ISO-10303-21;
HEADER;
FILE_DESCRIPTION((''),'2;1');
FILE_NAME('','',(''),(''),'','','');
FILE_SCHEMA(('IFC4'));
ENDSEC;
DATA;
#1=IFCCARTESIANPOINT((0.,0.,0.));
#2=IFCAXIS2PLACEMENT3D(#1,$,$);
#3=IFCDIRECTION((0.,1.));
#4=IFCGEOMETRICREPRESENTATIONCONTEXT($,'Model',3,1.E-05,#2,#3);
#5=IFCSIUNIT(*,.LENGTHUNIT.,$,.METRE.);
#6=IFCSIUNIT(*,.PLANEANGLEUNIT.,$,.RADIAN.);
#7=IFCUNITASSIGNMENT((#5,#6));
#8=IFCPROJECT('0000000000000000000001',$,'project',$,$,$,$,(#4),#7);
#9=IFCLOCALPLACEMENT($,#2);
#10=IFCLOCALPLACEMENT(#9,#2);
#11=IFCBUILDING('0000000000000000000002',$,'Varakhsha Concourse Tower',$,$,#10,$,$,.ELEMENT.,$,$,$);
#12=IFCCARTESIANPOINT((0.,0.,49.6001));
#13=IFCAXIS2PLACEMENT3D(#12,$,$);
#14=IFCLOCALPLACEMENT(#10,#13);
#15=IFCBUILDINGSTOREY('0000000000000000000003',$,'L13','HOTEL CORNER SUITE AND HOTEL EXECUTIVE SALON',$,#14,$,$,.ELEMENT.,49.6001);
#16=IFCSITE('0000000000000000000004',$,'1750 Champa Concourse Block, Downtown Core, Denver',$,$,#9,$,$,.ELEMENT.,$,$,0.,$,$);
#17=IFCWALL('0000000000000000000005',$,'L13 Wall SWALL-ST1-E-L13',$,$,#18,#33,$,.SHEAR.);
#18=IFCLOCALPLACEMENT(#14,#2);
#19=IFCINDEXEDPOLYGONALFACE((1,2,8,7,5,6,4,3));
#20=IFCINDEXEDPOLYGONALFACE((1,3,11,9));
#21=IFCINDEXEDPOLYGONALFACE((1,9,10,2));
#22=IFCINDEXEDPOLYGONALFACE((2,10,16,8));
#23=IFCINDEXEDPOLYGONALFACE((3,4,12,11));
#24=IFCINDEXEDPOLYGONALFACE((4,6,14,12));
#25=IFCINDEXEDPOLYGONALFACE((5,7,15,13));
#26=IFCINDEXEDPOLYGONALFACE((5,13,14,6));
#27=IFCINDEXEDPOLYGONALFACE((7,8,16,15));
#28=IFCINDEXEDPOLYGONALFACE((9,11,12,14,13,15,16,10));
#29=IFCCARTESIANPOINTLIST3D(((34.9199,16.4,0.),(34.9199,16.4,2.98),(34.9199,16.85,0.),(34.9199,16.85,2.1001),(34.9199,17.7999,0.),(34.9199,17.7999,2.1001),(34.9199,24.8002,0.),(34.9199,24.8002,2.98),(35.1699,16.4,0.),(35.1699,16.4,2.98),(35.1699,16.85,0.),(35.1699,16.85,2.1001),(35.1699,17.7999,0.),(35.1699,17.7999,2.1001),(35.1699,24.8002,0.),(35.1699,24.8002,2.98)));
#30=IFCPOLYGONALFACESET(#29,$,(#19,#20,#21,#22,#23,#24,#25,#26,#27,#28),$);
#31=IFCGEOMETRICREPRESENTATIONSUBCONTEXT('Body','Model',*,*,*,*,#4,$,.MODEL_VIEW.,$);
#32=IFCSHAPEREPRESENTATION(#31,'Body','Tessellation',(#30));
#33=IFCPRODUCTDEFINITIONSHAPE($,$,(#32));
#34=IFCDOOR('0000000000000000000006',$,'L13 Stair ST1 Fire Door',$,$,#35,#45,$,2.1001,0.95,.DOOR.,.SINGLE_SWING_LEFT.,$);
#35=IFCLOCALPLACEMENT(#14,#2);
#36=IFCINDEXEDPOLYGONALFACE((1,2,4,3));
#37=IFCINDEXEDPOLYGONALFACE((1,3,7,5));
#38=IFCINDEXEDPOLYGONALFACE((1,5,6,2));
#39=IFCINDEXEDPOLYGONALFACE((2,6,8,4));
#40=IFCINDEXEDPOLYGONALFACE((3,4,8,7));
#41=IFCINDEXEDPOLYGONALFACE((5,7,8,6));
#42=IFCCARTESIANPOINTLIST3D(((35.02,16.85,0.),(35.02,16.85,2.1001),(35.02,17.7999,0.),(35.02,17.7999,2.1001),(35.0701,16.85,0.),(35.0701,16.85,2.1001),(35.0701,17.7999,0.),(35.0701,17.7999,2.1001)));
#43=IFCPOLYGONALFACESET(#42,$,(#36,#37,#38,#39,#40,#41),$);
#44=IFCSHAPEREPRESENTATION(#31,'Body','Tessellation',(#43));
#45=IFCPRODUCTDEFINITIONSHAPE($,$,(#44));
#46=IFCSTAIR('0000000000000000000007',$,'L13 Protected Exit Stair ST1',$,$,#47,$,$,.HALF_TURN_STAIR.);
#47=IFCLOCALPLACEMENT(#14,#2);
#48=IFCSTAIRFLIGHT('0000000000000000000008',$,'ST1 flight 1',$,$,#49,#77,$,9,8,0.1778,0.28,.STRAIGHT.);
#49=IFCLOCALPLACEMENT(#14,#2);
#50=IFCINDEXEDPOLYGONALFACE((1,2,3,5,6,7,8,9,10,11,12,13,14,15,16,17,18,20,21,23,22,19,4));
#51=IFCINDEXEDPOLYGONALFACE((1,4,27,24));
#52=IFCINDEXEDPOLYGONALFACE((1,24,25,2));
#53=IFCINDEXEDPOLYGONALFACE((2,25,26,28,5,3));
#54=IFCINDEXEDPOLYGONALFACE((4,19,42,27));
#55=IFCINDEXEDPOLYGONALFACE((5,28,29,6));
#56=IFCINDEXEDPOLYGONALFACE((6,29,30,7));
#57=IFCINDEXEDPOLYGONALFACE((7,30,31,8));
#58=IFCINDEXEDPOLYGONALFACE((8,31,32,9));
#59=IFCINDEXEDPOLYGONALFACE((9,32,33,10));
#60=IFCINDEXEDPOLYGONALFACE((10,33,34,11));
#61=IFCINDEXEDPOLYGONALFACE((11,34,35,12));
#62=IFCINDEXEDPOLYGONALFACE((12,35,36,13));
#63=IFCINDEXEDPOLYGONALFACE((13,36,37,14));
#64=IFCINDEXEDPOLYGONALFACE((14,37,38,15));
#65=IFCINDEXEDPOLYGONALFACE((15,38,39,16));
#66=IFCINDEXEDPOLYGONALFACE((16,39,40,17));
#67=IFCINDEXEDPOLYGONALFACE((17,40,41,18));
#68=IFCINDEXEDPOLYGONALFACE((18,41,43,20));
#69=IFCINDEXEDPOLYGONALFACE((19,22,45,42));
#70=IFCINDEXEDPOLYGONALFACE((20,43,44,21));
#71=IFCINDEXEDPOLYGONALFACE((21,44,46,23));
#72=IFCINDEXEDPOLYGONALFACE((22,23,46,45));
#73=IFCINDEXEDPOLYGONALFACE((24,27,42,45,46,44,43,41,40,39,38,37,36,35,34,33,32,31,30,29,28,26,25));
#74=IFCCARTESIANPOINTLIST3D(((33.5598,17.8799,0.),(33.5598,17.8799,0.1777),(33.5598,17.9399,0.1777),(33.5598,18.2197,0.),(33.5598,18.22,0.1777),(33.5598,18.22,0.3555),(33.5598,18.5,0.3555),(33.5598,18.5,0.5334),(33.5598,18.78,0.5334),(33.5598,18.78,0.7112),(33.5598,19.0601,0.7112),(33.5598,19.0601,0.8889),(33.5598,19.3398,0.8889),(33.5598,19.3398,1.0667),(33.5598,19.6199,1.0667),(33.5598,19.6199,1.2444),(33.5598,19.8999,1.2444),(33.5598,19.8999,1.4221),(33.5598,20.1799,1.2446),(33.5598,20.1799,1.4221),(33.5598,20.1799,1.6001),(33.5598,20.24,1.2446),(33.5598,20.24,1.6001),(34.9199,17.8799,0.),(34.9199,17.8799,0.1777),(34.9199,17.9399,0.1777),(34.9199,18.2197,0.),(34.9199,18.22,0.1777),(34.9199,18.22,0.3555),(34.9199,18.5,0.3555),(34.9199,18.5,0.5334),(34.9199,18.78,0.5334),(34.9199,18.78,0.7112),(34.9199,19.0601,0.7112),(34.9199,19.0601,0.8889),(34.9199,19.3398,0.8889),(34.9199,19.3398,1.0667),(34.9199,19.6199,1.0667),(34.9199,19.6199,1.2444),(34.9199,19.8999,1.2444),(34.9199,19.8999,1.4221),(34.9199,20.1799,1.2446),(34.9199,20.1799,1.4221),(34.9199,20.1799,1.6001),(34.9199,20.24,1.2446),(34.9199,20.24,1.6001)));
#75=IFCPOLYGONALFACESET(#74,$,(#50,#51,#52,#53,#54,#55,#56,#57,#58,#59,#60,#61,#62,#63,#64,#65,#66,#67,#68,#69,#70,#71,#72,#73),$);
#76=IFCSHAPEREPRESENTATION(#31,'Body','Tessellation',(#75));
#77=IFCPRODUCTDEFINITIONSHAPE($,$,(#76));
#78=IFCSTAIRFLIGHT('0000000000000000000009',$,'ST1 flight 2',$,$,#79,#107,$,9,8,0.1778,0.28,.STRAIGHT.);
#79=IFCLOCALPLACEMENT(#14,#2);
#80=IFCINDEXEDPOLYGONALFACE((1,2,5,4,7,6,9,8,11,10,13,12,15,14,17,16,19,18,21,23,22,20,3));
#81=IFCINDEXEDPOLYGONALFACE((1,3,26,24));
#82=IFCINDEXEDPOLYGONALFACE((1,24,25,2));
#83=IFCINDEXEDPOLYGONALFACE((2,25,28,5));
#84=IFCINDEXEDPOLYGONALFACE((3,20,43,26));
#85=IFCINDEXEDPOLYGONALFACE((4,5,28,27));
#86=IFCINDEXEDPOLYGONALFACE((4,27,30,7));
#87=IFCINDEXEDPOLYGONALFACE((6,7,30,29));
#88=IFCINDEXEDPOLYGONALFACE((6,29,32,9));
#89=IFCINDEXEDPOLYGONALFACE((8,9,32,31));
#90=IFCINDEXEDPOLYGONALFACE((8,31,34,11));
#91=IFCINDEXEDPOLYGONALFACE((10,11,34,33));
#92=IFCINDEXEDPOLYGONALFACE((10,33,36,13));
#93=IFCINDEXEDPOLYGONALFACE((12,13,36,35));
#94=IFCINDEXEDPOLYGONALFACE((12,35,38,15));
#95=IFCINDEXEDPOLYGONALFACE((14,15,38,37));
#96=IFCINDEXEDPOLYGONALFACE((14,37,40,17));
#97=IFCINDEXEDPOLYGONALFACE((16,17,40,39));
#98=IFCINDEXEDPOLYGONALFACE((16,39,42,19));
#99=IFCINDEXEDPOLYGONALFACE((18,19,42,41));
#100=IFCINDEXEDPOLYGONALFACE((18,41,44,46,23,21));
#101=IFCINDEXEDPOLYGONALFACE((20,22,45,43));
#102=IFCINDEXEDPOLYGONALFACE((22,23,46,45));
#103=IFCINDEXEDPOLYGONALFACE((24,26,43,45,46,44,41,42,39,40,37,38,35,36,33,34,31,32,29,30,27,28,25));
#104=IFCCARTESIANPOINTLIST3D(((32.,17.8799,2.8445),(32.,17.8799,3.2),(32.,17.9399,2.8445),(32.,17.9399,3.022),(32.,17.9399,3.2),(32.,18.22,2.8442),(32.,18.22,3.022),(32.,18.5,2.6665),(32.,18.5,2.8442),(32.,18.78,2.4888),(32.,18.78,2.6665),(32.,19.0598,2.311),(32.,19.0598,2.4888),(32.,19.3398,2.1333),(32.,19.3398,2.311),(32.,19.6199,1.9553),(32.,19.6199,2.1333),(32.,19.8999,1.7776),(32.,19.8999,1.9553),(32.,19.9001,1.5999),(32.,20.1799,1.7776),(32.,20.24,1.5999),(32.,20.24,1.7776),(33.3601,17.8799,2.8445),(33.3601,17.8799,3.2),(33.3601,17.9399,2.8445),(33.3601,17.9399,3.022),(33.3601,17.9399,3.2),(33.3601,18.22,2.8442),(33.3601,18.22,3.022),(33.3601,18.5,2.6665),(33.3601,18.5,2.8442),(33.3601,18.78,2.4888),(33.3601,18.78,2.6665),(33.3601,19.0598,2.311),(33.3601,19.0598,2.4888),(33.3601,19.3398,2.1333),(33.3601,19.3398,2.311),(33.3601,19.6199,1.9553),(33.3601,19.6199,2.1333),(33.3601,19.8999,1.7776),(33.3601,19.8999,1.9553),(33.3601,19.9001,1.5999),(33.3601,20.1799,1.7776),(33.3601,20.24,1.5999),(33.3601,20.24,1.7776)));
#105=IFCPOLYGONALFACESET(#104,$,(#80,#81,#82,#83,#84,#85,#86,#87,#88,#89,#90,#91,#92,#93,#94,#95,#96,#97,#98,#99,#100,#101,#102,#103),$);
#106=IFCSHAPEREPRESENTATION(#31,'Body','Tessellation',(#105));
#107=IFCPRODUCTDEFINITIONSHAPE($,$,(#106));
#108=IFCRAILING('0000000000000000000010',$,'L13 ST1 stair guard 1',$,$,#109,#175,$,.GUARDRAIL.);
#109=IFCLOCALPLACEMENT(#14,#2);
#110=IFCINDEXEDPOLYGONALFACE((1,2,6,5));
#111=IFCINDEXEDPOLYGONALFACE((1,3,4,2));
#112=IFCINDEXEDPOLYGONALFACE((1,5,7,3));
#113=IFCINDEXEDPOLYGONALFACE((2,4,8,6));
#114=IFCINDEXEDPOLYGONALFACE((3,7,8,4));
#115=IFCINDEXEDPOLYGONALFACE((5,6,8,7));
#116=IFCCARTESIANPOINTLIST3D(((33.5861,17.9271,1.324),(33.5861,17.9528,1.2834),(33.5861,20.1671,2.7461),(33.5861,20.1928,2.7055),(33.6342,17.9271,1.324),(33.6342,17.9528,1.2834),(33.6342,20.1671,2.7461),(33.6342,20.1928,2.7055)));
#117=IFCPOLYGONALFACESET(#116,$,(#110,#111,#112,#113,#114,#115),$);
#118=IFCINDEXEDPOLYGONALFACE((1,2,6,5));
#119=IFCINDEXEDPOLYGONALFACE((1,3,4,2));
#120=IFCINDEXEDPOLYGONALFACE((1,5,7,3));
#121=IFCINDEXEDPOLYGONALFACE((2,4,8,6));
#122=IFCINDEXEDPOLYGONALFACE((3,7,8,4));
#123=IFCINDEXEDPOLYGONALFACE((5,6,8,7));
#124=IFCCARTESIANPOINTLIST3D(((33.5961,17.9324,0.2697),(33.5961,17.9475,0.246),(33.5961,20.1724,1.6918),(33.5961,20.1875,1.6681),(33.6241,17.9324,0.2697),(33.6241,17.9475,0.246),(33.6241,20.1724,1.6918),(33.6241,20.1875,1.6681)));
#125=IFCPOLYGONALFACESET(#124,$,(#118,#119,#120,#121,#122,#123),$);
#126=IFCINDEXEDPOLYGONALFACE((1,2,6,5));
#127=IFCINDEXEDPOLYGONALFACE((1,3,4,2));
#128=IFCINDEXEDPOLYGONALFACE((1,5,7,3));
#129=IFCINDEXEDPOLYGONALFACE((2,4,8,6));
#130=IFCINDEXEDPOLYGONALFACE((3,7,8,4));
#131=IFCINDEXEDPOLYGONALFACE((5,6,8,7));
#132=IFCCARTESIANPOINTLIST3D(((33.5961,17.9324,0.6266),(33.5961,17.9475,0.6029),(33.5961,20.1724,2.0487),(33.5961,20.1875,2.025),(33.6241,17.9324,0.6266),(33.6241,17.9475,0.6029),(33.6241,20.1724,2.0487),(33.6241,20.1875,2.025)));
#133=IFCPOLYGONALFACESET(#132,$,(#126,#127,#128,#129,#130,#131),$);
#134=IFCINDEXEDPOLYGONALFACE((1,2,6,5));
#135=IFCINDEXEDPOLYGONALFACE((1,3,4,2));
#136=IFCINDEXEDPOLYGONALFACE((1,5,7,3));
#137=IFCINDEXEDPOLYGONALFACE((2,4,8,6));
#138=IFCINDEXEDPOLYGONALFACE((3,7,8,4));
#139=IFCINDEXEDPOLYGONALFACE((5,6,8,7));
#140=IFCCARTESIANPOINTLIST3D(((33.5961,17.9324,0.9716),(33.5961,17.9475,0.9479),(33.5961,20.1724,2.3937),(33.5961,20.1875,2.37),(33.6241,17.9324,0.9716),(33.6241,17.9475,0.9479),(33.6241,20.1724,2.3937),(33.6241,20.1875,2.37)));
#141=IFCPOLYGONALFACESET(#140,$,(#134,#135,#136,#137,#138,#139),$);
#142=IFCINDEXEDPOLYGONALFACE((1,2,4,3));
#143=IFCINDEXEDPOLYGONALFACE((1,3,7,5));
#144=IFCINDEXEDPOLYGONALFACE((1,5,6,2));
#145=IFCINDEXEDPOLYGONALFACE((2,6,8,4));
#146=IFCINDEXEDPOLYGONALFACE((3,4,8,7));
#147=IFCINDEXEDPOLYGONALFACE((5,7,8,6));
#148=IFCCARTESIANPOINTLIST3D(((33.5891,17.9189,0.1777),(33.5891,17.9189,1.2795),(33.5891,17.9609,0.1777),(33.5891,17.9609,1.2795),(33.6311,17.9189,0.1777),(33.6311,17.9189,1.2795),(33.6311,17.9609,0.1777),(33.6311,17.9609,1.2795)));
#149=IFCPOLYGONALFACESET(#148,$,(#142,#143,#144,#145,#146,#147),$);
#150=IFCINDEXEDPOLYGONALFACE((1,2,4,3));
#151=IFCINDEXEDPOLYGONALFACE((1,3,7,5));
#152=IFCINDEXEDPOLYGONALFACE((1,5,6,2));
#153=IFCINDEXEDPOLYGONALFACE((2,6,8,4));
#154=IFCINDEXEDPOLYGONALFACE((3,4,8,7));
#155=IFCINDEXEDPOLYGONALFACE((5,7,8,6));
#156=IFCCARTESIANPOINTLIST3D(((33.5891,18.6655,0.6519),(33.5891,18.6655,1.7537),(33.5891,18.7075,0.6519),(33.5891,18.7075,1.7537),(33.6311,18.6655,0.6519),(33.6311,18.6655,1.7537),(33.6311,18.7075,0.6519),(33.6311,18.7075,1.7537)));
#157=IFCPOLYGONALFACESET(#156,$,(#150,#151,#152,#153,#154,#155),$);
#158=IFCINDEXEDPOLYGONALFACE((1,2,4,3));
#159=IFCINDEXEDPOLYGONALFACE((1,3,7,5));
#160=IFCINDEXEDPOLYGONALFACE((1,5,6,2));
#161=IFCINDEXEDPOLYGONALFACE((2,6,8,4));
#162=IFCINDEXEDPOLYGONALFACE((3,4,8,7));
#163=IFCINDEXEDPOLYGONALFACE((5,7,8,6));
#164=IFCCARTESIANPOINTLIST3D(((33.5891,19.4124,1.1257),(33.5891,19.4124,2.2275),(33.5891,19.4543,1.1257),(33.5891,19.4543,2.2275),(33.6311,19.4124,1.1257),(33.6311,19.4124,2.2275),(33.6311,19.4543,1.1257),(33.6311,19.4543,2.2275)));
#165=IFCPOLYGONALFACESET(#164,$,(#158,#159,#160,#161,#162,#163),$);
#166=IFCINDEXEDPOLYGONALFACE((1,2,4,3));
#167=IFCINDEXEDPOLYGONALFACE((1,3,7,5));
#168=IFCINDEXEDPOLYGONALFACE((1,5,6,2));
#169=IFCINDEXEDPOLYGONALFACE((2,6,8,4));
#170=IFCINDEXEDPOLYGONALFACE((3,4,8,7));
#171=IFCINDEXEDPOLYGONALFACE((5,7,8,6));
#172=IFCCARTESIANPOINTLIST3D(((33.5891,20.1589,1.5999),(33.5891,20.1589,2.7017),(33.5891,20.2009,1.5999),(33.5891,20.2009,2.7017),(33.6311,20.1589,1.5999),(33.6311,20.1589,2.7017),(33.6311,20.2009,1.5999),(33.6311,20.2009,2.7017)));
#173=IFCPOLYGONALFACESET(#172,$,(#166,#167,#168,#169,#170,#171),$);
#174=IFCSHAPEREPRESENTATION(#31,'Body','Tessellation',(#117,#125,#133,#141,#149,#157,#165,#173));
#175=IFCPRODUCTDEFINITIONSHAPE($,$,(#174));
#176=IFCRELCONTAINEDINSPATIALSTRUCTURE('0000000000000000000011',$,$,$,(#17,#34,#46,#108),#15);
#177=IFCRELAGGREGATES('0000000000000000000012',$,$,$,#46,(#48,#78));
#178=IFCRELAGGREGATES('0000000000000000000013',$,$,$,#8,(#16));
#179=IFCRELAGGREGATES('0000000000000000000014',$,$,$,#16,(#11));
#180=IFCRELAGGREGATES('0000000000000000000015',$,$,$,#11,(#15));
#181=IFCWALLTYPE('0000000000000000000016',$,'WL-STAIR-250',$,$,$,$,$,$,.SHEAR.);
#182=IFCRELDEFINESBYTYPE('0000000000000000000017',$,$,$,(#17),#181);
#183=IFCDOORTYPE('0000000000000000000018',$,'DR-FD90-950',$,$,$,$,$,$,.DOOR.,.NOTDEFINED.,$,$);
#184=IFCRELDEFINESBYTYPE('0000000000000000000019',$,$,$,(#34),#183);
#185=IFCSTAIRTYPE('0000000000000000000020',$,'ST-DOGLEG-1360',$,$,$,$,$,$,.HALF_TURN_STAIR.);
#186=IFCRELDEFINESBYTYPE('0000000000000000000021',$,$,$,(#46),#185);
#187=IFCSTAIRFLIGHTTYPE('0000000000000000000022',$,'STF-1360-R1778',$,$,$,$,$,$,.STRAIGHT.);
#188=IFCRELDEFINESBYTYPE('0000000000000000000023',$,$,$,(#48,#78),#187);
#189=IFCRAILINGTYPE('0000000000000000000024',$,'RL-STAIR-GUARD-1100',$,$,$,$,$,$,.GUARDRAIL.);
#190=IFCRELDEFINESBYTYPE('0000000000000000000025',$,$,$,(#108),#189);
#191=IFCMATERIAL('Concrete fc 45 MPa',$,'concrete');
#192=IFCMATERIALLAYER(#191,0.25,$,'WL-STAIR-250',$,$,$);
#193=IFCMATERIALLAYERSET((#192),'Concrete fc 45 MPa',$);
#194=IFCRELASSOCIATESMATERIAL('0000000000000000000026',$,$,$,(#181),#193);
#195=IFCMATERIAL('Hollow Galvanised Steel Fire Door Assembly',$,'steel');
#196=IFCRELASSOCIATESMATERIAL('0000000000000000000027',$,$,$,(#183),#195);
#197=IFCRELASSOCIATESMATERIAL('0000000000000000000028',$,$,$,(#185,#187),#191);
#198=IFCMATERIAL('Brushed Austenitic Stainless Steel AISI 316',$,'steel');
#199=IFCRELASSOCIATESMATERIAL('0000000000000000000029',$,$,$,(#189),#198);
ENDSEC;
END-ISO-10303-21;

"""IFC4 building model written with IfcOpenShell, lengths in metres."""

from ifc_helpers import new_model, si_unit, direction, frame, frame_2d, origin, origin_2d, place, context, subcontext, project, spatial, polyline, rectangle, outline, extrude, material, layer, layer_set, type_object, element, fill, aggregate, save


model = new_model("IFC4")

# Units and contexts
model_context = context("Model", 3, precision=1e-05, world=origin(), true_north=direction((0.0, 1.0)))
body_context = subcontext(model_context, "Body", "Model", "MODEL_VIEW")
ifc_project = project(units=[si_unit("LENGTHUNIT", "METRE"), si_unit("PLANEANGLEUNIT", "RADIAN")], contexts=[model_context])

# Site, building, storey
site_placement = place(None, origin())
site = spatial("IfcSite", under=ifc_project, at=site_placement, Name="1750 Champa Concourse Block, Downtown Core, Denver", CompositionType="ELEMENT", RefElevation=0.0)
building_placement = place(site_placement, origin())
building = spatial("IfcBuilding", under=site, at=building_placement, Name="Varakhsha Concourse Tower", CompositionType="ELEMENT")
storey_placement = place(building_placement, frame((0.0, 0.0, 49.6001)))
storey = spatial("IfcBuildingStorey", under=building, at=storey_placement, Name="L13", Description="HOTEL CORNER SUITE AND HOTEL EXECUTIVE SALON", CompositionType="ELEMENT", Elevation=49.6001)

# Shared definitions
ifc_material_1 = material(Name="Hollow Galvanised Steel Fire Door Assembly", Category="steel")

# Shared definitions
ifc_material_2 = material(Name="Brushed Austenitic Stainless Steel AISI 316", Category="steel")

# Wall, opening, door
ifc_material_3 = material(Name="Concrete fc 45 MPa", Category="concrete")
ifc_layer_1 = layer(ifc_material_3, 0.25, Name="WL-STAIR-250")
ifc_layer_set_1 = layer_set([ifc_layer_1], Name="Concrete fc 45 MPa")
wall_type_1 = type_object("IfcWallType", Name="WL-STAIR-250", PredefinedType="SHEAR", material=ifc_layer_set_1)
wall_1_placement = place(storey_placement, frame((35.0449, 16.3999, 0.0), z_axis=(0.0, 0.0, 1.0), x_axis=(0.0, 1.0, 0.0)))
wall_1 = element("IfcWall", 1, at=wall_1_placement, inside=storey, type_object=wall_type_1, Name="L13 Wall SWALL-ST1-E-L13", PredefinedType="SHEAR", context=body_context, shape_type="SweptSolid", body=[
    extrude(rectangle(XDim=8.4001, YDim=0.25, at=frame_2d((4.2002, 0.0))), origin(), (0.0, 0.0, 1.0), 2.98),
])
opening_1_placement = place(wall_1_placement, frame((0.45, 0.0, 0.0)))
opening_1 = element("IfcOpeningElement", 2, at=opening_1_placement, cuts=wall_1, PredefinedType="OPENING", context=body_context, shape_type="SweptSolid", body=[
    extrude(rectangle(XDim=0.95, YDim=2.1001, at=frame_2d((0.4751, 1.05))), frame((0.0, 0.135, 0.0), z_axis=(0.0, -1.0, 0.0), x_axis=(1.0, 0.0, 0.0)), (0.0, 0.0, 1.0), 0.27),
])
door_type_1 = type_object("IfcDoorType", Name="DR-FD90-950", OperationType="NOTDEFINED", PredefinedType="DOOR", material=ifc_material_1)
door_1_placement = place(opening_1_placement, origin())
door_1 = element("IfcDoor", 3, at=door_1_placement, inside=storey, type_object=door_type_1, Name="L13 Stair ST1 Fire Door", OperationType="SINGLE_SWING_LEFT", OverallHeight=2.1001, OverallWidth=0.95, PredefinedType="DOOR", context=body_context, shape_type="SweptSolid", body=[
    extrude(rectangle(XDim=0.95, YDim=2.1001, at=frame_2d((0.4751, 1.05))), frame((0.0, 0.0249, 0.0), z_axis=(0.0, -1.0, 0.0), x_axis=(1.0, 0.0, 0.0)), (0.0, 0.0, 1.0), 0.05),
])
fill(opening_1, door_1)

# Stair, stair flights
stair_type = type_object("IfcStairType", Name="ST-DOGLEG-1360", PredefinedType="HALF_TURN_STAIR", material=ifc_material_3)
stair_placement = place(storey_placement, origin())
stair = element("IfcStair", 4, at=stair_placement, inside=storey, type_object=stair_type, Name="L13 Protected Exit Stair ST1", PredefinedType="HALF_TURN_STAIR")
stair_flight_type = type_object("IfcStairFlightType", Name="STF-1360-R1778", PredefinedType="STRAIGHT", material=ifc_material_3)
stair_flight_1_placement = place(storey_placement, frame((34.24, 17.9399, 0.0), z_axis=(0.0, 0.0, 1.0), x_axis=(0.0, 1.0, 0.0)))
stair_flight_1 = element("IfcStairFlight", 5, at=stair_flight_1_placement, type_object=stair_flight_type, Name="ST1 flight 1", NumberOfRisers=9, NumberOfTreads=8, PredefinedType="STRAIGHT", RiserHeight=0.1778, TreadLength=0.28, context=body_context, shape_type="SweptSolid", body=[
    extrude(outline(polyline([(-0.0601, 0.0), (-0.0601, 0.1777), (0.0, 0.1777), (0.28, 0.1777), (0.28, 0.3555), (0.5601, 0.3555), (0.5601, 0.5334), (0.8401, 0.5334), (0.8401, 0.7112), (1.1201, 0.7112), (1.1201, 0.8889), (1.3999, 0.8889), (1.3999, 1.0667), (1.6799, 1.0667), (1.6799, 1.2444), (1.96, 1.2444), (1.96, 1.4221), (2.24, 1.4221), (2.24, 1.6001), (2.3, 1.6001), (2.3, 1.2446), (2.24, 1.2446), (0.2798, 0.0), (-0.0601, 0.0)])), frame((0.0, 0.6802, 0.0), z_axis=(0.0, -1.0, 0.0), x_axis=(1.0, 0.0, 0.0)), (0.0, 0.0, 1.0), 1.3601),
])
stair_flight_2_placement = place(storey_placement, frame((32.6799, 20.1799, 1.5999), z_axis=(0.0, 0.0, 1.0), x_axis=(0.0, -1.0, 0.0)))
stair_flight_2 = element("IfcStairFlight", 6, at=stair_flight_2_placement, type_object=stair_flight_type, Name="ST1 flight 2", NumberOfRisers=9, NumberOfTreads=8, PredefinedType="STRAIGHT", RiserHeight=0.1778, TreadLength=0.28, context=body_context, shape_type="SweptSolid", body=[
    extrude(outline(polyline([(-0.0601, 0.0), (-0.0601, 0.1777), (0.0, 0.1777), (0.28, 0.1777), (0.28, 0.3555), (0.5601, 0.3555), (0.5601, 0.5334), (0.8401, 0.5334), (0.8401, 0.7112), (1.1201, 0.7112), (1.1201, 0.8889), (1.3999, 0.8889), (1.3999, 1.0667), (1.6799, 1.0667), (1.6799, 1.2444), (1.96, 1.2444), (1.96, 1.4221), (2.24, 1.4221), (2.24, 1.6001), (2.3, 1.6001), (2.3, 1.2446), (2.24, 1.2446), (0.2798, 0.0), (-0.0601, 0.0)])), frame((0.0, 0.6802, 0.0), z_axis=(0.0, -1.0, 0.0), x_axis=(1.0, 0.0, 0.0)), (0.0, 0.0, 1.0), 1.3601),
])
aggregate(stair, [stair_flight_1, stair_flight_2])

# Railing
railing_type_1 = type_object("IfcRailingType", Name="RL-STAIR-GUARD-1100", PredefinedType="GUARDRAIL", material=ifc_material_2)
railing_1_placement = place(storey_placement, frame((33.6101, 17.9399, 0.1777)))
element("IfcRailing", 7, at=railing_1_placement, inside=storey, type_object=railing_type_1, Name="L13 ST1 stair guard 1", PredefinedType="GUARDRAIL", context=body_context, shape_type="SweptSolid", body=[
    extrude(rectangle(XDim=0.0481, YDim=0.0481, at=origin_2d()), frame((0.0, 0.0, 1.126), z_axis=(0.0, 0.844229, 0.535982), x_axis=(-1.0, 0.0, 0.0)), (0.0, 0.0, 1.0), 2.6533),
    extrude(rectangle(XDim=0.0281, YDim=0.0281, at=origin_2d()), frame((0.0, 0.0, 0.0801), z_axis=(0.0, 0.844229, 0.535982), x_axis=(-1.0, 0.0, 0.0)), (0.0, 0.0, 1.0), 2.6533),
    extrude(rectangle(XDim=0.0281, YDim=0.0281, at=origin_2d()), frame((0.0, 0.0, 0.437), z_axis=(0.0, 0.844229, 0.535982), x_axis=(-1.0, 0.0, 0.0)), (0.0, 0.0, 1.0), 2.6533),
    extrude(rectangle(XDim=0.0281, YDim=0.0281, at=origin_2d()), frame((0.0, 0.0, 0.782), z_axis=(0.0, 0.844229, 0.535982), x_axis=(-1.0, 0.0, 0.0)), (0.0, 0.0, 1.0), 2.6533),
    extrude(rectangle(XDim=0.042, YDim=0.042, at=origin_2d()), origin(), (0.0, 0.0, 1.0), 1.1018),
    extrude(rectangle(XDim=0.042, YDim=0.042, at=origin_2d()), frame((0.0, 0.7466, 0.4741)), (0.0, 0.0, 1.0), 1.1018),
    extrude(rectangle(XDim=0.042, YDim=0.042, at=origin_2d()), frame((0.0, 1.4934, 0.948)), (0.0, 0.0, 1.0), 1.1018),
    extrude(rectangle(XDim=0.042, YDim=0.042, at=origin_2d()), frame((0.0, 2.24, 1.4221)), (0.0, 0.0, 1.0), 1.1018),
])

save(model, "model.ifc")
